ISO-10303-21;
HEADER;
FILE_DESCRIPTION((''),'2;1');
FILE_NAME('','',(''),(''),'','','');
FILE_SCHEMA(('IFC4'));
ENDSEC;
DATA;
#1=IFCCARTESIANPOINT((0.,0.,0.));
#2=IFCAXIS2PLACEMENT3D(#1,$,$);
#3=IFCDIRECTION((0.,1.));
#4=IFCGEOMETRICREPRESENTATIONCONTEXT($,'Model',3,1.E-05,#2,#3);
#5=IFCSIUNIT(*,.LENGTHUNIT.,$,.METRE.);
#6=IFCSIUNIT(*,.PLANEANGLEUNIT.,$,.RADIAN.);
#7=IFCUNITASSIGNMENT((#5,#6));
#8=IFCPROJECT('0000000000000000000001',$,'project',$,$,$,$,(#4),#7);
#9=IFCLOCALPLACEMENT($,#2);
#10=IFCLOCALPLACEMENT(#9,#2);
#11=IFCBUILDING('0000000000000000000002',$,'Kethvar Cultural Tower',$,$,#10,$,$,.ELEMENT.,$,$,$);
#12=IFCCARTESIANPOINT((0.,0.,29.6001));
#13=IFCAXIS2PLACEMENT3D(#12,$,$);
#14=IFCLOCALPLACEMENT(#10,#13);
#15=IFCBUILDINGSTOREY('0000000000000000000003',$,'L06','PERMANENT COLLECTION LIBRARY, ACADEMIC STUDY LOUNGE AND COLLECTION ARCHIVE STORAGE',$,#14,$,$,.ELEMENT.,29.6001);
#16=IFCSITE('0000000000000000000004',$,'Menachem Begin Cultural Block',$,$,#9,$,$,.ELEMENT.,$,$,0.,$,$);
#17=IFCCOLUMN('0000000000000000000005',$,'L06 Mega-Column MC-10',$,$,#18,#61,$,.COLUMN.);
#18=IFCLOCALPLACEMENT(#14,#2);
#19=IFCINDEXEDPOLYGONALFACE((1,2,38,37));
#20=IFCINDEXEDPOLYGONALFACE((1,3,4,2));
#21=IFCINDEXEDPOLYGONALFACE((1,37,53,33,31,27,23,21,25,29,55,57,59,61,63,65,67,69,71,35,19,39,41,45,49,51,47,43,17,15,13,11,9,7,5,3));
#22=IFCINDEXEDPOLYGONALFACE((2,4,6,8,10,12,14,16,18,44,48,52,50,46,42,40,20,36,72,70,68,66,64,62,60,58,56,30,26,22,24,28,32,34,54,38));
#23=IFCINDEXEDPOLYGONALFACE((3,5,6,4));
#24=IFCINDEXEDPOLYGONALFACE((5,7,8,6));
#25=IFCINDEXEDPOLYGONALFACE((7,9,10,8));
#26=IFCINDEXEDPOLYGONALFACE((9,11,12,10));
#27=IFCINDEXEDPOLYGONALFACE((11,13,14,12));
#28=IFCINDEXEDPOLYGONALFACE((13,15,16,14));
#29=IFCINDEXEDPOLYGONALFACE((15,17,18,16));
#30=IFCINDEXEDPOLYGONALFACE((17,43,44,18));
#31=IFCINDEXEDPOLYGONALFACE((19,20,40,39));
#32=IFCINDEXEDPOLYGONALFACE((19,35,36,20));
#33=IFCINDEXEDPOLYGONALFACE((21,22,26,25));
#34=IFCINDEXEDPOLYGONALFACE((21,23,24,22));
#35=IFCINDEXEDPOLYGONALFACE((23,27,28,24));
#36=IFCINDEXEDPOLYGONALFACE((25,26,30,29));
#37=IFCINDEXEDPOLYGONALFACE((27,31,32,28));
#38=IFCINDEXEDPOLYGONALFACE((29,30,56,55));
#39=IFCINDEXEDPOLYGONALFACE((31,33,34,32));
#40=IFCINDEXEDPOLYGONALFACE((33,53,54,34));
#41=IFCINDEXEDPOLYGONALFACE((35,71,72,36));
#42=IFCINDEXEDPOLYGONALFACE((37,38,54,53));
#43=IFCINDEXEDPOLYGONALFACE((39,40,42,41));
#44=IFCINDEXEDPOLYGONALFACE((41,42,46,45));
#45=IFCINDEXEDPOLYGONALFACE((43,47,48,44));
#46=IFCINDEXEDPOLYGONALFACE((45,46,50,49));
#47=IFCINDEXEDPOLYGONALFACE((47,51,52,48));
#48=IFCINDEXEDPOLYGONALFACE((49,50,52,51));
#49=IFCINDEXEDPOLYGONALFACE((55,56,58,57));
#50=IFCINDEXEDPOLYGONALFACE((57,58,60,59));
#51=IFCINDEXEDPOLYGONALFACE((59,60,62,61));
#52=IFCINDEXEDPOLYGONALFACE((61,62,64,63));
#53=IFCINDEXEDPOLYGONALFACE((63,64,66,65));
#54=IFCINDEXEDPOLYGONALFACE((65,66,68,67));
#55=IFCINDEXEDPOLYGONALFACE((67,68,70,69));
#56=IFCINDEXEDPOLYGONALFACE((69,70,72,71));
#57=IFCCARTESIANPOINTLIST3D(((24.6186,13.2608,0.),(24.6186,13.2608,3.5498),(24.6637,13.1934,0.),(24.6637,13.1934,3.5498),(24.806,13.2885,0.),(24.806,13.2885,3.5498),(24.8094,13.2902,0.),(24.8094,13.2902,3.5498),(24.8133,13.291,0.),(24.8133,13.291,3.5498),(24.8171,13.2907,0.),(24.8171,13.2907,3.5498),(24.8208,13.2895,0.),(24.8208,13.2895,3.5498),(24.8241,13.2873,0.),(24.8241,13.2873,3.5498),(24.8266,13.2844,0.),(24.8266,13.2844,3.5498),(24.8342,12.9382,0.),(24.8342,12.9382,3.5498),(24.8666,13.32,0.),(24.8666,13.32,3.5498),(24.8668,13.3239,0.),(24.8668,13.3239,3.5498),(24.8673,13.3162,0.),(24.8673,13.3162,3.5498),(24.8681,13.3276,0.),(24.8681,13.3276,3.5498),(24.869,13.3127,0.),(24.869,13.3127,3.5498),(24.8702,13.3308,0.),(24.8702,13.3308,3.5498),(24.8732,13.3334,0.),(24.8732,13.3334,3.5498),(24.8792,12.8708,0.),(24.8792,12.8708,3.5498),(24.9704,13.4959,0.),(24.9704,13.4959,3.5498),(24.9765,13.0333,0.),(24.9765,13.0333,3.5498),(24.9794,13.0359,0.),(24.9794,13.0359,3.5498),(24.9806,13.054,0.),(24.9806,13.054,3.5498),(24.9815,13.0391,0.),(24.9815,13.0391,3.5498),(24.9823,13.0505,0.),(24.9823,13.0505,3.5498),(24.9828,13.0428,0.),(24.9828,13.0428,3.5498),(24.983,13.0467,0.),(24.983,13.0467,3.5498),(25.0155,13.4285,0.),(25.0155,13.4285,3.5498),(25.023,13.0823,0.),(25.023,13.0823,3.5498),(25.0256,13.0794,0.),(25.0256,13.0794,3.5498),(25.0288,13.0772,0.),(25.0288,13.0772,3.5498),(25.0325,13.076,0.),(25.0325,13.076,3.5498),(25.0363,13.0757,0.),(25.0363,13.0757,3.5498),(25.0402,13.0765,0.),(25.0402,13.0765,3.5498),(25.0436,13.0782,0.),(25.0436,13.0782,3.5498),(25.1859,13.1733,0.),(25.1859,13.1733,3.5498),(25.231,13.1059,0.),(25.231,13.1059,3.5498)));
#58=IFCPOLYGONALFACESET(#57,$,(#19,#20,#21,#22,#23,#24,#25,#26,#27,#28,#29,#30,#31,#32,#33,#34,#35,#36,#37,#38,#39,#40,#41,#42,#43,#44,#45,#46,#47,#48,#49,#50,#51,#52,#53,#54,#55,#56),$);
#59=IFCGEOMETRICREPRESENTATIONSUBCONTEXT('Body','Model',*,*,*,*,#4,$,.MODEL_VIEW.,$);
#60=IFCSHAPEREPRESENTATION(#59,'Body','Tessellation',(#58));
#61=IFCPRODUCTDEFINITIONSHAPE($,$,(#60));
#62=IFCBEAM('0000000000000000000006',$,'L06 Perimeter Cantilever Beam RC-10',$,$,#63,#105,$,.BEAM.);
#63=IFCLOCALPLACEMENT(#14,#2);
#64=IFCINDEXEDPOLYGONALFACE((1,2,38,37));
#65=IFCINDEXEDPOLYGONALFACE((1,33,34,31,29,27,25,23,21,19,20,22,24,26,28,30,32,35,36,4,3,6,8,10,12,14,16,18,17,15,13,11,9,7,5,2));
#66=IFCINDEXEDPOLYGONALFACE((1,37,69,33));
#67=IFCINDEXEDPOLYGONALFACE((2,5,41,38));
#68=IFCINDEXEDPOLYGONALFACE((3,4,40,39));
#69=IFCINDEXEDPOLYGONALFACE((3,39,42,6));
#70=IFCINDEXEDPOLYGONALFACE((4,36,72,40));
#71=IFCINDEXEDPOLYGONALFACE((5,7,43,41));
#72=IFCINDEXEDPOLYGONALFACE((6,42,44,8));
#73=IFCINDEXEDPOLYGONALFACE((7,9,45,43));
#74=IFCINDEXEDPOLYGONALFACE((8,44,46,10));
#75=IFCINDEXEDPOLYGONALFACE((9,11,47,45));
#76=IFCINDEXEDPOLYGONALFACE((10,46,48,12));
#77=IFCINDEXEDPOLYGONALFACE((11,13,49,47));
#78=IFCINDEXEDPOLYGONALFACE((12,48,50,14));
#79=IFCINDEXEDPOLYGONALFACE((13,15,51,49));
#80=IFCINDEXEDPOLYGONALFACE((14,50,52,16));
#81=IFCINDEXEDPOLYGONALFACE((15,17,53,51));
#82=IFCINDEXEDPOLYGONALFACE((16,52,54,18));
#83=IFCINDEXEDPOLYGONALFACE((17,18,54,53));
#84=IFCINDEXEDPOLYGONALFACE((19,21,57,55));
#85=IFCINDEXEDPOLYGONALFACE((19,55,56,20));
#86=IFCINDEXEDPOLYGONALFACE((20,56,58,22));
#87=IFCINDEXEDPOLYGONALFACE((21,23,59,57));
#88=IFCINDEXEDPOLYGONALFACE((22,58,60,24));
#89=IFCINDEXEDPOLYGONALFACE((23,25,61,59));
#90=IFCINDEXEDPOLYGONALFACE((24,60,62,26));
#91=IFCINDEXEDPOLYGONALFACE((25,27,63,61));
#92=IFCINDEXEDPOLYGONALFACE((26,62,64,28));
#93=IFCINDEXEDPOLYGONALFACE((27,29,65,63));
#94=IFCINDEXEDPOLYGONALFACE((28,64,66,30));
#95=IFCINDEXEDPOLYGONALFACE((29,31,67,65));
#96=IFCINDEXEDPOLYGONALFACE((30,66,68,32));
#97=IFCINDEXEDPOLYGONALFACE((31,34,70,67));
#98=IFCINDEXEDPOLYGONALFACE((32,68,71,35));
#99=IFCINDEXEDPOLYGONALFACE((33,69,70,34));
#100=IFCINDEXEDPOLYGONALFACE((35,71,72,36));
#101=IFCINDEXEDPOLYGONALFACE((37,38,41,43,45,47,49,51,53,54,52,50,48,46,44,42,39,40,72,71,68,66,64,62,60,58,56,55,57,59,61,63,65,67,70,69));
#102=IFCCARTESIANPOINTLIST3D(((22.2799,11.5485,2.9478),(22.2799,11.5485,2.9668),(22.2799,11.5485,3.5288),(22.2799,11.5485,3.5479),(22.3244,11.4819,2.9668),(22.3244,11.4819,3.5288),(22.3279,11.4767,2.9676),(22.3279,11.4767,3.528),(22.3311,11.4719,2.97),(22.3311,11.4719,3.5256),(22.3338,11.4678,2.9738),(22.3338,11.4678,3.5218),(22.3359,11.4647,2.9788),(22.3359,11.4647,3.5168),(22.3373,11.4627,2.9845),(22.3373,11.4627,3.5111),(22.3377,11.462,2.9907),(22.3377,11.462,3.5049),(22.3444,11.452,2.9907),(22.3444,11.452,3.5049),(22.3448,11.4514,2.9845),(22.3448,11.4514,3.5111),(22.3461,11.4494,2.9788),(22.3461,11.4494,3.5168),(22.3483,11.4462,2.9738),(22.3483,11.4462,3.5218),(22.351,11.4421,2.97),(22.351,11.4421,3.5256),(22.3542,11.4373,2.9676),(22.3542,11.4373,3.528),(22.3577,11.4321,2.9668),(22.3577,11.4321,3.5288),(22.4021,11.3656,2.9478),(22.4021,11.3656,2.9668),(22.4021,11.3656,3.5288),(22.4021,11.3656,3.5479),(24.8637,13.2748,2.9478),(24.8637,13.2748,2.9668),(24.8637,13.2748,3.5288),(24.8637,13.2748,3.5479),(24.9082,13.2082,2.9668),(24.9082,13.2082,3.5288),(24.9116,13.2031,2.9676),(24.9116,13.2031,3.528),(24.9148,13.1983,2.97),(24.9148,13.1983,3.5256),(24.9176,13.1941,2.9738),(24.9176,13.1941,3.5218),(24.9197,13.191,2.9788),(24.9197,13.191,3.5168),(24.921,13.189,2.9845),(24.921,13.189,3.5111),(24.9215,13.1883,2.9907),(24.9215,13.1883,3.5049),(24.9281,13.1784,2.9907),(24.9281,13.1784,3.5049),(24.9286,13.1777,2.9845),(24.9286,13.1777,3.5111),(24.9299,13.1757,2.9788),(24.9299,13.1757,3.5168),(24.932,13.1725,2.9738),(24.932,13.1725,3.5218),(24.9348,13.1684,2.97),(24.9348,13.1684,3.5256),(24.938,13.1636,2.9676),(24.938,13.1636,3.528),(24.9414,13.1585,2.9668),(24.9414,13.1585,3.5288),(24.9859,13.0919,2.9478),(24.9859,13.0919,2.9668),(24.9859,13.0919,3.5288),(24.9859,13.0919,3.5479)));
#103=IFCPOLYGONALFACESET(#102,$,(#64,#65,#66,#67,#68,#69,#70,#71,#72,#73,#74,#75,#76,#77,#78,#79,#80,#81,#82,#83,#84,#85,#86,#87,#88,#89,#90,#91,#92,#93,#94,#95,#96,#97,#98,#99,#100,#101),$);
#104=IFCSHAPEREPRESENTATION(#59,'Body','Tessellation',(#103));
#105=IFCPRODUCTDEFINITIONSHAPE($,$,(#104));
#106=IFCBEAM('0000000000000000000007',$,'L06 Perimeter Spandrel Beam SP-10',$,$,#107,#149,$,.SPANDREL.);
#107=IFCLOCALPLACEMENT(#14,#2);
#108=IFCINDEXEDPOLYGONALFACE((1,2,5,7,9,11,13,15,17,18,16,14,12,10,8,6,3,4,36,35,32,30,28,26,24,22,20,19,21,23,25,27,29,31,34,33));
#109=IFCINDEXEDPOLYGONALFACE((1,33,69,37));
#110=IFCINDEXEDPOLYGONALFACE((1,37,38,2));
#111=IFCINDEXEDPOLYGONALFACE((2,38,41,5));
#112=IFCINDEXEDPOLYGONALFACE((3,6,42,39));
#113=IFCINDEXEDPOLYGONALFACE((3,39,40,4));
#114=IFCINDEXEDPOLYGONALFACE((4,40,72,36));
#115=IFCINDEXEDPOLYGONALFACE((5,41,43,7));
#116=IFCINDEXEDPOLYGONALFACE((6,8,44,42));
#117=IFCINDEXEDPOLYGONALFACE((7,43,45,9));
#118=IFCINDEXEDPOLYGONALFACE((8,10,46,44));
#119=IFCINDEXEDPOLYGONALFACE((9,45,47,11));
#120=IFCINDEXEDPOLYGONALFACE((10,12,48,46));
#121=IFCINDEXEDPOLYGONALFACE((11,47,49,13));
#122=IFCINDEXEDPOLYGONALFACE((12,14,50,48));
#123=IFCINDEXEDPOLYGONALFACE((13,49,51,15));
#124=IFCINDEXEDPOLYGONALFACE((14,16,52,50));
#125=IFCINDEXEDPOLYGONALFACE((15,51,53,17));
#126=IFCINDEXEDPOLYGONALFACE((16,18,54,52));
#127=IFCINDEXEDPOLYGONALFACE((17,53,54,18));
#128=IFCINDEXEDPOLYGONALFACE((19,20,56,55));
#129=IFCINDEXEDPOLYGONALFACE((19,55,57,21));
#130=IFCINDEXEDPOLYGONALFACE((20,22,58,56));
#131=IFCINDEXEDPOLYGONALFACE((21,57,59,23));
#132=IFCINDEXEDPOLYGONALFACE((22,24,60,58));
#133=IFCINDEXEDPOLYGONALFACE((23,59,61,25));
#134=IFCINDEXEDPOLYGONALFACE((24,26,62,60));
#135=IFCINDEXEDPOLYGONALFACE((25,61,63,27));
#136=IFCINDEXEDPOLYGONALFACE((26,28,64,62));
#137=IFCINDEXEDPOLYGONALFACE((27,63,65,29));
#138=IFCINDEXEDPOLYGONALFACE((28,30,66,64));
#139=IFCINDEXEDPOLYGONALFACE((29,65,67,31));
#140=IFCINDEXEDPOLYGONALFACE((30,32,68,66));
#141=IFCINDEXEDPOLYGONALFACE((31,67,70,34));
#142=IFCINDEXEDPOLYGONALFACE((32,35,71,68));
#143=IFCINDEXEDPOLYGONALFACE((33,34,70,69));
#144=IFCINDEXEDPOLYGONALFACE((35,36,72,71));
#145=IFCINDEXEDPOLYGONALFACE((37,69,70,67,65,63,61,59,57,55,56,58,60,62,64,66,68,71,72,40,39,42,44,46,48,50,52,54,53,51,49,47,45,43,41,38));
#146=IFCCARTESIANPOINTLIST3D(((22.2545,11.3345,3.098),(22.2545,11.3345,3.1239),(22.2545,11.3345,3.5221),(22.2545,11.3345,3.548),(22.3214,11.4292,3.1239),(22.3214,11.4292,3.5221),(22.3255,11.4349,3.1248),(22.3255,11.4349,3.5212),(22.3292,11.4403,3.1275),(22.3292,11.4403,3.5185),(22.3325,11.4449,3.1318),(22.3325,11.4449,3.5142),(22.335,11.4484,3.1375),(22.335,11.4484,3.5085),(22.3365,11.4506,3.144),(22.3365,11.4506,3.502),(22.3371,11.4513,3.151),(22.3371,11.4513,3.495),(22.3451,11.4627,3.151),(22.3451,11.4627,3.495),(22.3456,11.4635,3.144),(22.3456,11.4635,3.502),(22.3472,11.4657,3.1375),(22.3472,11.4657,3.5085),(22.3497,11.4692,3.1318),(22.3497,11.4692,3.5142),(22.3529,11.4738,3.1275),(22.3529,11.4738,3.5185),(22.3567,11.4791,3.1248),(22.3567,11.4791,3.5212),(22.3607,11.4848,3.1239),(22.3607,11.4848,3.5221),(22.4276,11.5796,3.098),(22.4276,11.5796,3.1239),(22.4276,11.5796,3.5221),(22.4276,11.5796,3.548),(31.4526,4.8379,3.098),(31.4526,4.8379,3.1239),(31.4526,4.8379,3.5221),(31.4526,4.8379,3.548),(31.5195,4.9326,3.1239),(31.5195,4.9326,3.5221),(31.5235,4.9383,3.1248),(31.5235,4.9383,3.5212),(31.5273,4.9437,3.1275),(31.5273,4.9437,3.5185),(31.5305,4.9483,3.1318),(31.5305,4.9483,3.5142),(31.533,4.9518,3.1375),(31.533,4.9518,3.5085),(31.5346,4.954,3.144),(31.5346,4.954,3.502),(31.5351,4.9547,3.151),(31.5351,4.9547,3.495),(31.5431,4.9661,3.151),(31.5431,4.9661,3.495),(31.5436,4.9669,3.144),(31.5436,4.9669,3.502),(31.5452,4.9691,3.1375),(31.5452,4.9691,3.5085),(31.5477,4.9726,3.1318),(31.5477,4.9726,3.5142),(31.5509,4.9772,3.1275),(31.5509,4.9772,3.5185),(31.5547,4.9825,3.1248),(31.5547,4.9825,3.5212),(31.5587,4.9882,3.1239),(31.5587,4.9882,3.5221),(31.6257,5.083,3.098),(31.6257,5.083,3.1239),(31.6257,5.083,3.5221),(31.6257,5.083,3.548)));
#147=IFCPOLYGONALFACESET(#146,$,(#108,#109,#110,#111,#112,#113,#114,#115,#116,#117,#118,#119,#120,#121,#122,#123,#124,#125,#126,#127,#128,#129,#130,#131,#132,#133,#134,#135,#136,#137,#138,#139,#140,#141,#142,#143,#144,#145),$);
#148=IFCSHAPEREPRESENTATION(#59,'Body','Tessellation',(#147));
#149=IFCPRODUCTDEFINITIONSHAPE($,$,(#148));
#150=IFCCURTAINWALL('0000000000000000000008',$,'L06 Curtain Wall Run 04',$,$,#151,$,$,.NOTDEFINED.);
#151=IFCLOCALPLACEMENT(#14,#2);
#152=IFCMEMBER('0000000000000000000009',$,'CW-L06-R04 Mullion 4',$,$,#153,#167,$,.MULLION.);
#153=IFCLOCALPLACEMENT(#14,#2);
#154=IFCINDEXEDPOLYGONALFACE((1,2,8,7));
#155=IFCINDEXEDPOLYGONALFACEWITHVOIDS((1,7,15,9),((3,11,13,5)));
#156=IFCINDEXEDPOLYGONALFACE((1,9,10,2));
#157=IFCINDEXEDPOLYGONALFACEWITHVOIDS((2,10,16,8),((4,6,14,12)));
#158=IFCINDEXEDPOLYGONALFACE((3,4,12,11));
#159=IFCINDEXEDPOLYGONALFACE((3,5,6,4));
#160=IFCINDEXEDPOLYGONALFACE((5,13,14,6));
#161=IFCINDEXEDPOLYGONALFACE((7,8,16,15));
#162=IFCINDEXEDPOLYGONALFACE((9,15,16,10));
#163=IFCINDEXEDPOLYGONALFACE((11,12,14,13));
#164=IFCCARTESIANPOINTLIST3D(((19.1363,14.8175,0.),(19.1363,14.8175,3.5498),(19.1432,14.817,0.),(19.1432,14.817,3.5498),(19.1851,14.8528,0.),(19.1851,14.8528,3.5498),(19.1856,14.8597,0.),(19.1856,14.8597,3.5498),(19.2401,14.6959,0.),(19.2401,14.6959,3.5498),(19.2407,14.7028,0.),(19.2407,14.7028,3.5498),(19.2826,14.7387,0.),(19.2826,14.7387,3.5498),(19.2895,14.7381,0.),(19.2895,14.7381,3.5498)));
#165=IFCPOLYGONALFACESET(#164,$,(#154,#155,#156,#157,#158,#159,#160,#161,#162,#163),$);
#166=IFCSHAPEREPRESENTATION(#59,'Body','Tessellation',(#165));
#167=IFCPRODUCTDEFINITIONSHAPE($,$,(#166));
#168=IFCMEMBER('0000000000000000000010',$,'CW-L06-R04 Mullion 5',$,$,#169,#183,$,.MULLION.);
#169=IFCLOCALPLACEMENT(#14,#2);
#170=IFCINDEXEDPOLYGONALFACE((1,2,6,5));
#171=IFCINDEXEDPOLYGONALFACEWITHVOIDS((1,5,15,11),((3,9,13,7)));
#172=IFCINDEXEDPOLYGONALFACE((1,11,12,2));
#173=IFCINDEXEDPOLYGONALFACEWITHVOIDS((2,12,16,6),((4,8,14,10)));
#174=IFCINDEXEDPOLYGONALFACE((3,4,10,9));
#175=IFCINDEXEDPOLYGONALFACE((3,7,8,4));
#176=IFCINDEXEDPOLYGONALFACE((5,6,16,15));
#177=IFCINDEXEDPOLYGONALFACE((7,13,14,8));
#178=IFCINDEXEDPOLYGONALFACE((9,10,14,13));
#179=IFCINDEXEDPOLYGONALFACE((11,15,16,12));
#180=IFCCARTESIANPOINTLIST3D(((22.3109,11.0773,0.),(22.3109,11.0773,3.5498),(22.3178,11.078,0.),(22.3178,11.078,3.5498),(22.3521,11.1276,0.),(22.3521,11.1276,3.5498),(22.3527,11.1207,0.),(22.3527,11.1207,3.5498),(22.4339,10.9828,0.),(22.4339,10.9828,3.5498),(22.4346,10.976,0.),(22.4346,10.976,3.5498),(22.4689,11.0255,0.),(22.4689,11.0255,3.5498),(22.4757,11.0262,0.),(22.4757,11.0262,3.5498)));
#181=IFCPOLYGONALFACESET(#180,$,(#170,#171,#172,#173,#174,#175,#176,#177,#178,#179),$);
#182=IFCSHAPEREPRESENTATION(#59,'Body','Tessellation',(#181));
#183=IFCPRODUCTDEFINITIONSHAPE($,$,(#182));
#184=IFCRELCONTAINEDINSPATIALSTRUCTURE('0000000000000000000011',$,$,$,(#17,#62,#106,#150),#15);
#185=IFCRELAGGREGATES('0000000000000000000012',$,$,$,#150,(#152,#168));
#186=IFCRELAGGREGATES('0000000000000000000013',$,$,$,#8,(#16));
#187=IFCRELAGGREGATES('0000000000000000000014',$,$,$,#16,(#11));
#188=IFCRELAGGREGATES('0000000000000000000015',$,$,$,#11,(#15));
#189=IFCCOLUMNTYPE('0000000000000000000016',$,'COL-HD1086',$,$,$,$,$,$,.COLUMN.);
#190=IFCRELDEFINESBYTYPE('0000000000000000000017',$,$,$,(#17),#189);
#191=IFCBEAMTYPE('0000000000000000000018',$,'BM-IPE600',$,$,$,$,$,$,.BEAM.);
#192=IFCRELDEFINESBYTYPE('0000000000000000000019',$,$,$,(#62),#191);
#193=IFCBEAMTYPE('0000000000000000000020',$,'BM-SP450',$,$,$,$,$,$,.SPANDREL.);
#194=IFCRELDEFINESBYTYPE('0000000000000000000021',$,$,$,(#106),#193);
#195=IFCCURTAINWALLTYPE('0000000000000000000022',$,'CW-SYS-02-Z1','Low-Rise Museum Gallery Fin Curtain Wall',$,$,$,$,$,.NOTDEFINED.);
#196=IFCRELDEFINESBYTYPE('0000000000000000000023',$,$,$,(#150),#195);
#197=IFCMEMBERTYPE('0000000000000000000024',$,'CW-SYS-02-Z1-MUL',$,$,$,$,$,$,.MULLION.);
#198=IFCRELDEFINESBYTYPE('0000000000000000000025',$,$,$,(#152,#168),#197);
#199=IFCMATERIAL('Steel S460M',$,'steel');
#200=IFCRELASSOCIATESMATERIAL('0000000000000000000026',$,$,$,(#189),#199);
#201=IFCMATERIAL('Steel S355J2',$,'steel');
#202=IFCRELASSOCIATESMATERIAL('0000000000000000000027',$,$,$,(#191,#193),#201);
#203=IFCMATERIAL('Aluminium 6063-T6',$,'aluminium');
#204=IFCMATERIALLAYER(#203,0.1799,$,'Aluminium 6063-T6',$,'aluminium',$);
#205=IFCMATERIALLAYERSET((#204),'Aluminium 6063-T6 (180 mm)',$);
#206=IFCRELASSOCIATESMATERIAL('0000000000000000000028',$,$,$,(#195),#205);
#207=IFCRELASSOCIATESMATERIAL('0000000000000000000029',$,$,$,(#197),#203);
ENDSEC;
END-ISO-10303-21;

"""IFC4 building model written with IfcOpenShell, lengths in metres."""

from ifc_helpers import new_model, si_unit, direction, frame, origin, origin_2d, place, context, subcontext, project, spatial, hollow_rectangle, i_section, extrude, source, transform, mapped, material, layer, layer_set, material_profile, profile_set, type_object, element, aggregate, save


model = new_model("IFC4")

# Units and contexts
model_context = context("Model", 3, precision=1e-05, world=origin(), true_north=direction((0.0, 1.0)))
body_context = subcontext(model_context, "Body", "Model", "MODEL_VIEW")
ifc_project = project(units=[si_unit("LENGTHUNIT", "METRE"), si_unit("PLANEANGLEUNIT", "RADIAN")], contexts=[model_context])

# Site, building, storey
site_placement = place(None, origin())
site = spatial("IfcSite", under=ifc_project, at=site_placement, Name="Menachem Begin Cultural Block", CompositionType="ELEMENT", RefElevation=0.0)
building_placement = place(site_placement, origin())
building = spatial("IfcBuilding", under=site, at=building_placement, Name="Kethvar Cultural Tower", CompositionType="ELEMENT")
storey_placement = place(building_placement, frame((0.0, 0.0, 29.6001)))
storey = spatial("IfcBuildingStorey", under=building, at=storey_placement, Name="L06", Description="PERMANENT COLLECTION LIBRARY, ACADEMIC STUDY LOUNGE AND COLLECTION ARCHIVE STORAGE", CompositionType="ELEMENT", Elevation=29.6001)

# Column
ifc_material_1 = material(Name="Steel S460M", Category="steel")
ifc_material_profile_1 = material_profile(ifc_material_1, i_section(OverallWidth=0.4231, OverallDepth=0.469, WebThickness=0.051, FlangeThickness=0.0811, FilletRadius=0.0149, at=origin_2d()), Name="Steel S460M — HD400x1086")
ifc_profile_set_1 = profile_set([ifc_material_profile_1], Name="Steel S460M — HD400x1086")
column_type = type_object("IfcColumnType", Name="COL-HD1086", PredefinedType="COLUMN", material=ifc_profile_set_1)
shared_shape_1 = source(origin(), body_context, "Body", "SweptSolid", [
    extrude(i_section(OverallWidth=0.4231, OverallDepth=0.469, WebThickness=0.051, FlangeThickness=0.0811, FilletRadius=0.0149, at=origin_2d()), origin(), (0.0, 0.0, 1.0), 3.5498),
])
column_placement = place(storey_placement, frame((24.9248, 13.1833, 0.0), z_axis=(0.0, 0.0, 1.0), x_axis=(-0.83147, -0.55557, 0.0)))
element("IfcColumn", 1, at=column_placement, inside=storey, type_object=column_type, Name="L06 Mega-Column MC-10", PredefinedType="COLUMN", context=body_context, shape_type="MappedRepresentation", body=[
    mapped(shared_shape_1, transform((0.0, 0.0, 0.0), scale=1.0)),
])

# Beams
ifc_material_2 = material(Name="Steel S355J2", Category="steel")
ifc_material_profile_2 = material_profile(ifc_material_2, i_section(OverallWidth=0.22, OverallDepth=0.6001, WebThickness=0.012, FlangeThickness=0.019, FilletRadius=0.0239, at=origin_2d()), Name="Steel S355J2 — IPE600")
ifc_profile_set_2 = profile_set([ifc_material_profile_2], Name="Steel S355J2 — IPE600")
beam_type_1 = type_object("IfcBeamType", Name="BM-IPE600", PredefinedType="BEAM", material=ifc_profile_set_2)
shared_shape_2 = source(origin(), body_context, "Body", "SweptSolid", [
    extrude(i_section(OverallWidth=0.22, OverallDepth=0.6001, WebThickness=0.012, FlangeThickness=0.019, FilletRadius=0.0239, at=origin_2d()), origin(), (0.0, 0.0, 1.0), 3.1074),
])
beam_1_placement = place(storey_placement, frame((24.9248, 13.1833, 3.2478), z_axis=(-0.831482, -0.555552, 0.0), x_axis=(0.555552, -0.831482, 0.0)))
element("IfcBeam", 2, at=beam_1_placement, inside=storey, type_object=beam_type_1, Name="L06 Perimeter Cantilever Beam RC-10", PredefinedType="BEAM", context=body_context, shape_type="MappedRepresentation", body=[
    mapped(shared_shape_2, transform((0.0, 0.0, 0.0), scale=1.0)),
])
ifc_material_profile_3 = material_profile(ifc_material_2, i_section(OverallWidth=0.3, OverallDepth=0.45, WebThickness=0.0139, FlangeThickness=0.0259, FilletRadius=0.0271, at=origin_2d()), Name="Steel S355J2 — HEB450")
ifc_profile_set_3 = profile_set([ifc_material_profile_3], Name="Steel S355J2 — HEB450")
beam_type_2 = type_object("IfcBeamType", Name="BM-SP450", PredefinedType="SPANDREL", material=ifc_profile_set_3)
shared_shape_3 = source(origin(), body_context, "Body", "SweptSolid", [
    extrude(i_section(OverallWidth=0.3, OverallDepth=0.45, WebThickness=0.0139, FlangeThickness=0.0259, FilletRadius=0.0271, at=origin_2d()), origin(), (0.0, 0.0, 1.0), 11.261),
])
beam_2_placement = place(storey_placement, frame((22.3411, 11.457, 3.323), z_axis=(0.816806, -0.576913, 0.0), x_axis=(0.576913, 0.816806, 0.0)))
element("IfcBeam", 3, at=beam_2_placement, inside=storey, type_object=beam_type_2, Name="L06 Perimeter Spandrel Beam SP-10", PredefinedType="SPANDREL", context=body_context, shape_type="MappedRepresentation", body=[
    mapped(shared_shape_3, transform((0.0, 0.0, 0.0), scale=1.0)),
])

# Curtain wall, members
ifc_material_3 = material(Name="Aluminium 6063-T6", Category="aluminium")
ifc_layer_1 = layer(ifc_material_3, 0.1799, Name="Aluminium 6063-T6", Category="aluminium")
ifc_layer_set_1 = layer_set([ifc_layer_1], Name="Aluminium 6063-T6 (180 mm)")
curtain_wall_type = type_object("IfcCurtainWallType", Name="CW-SYS-02-Z1", Description="Low-Rise Museum Gallery Fin Curtain Wall", PredefinedType="NOTDEFINED", material=ifc_layer_set_1)
curtain_wall_placement = place(storey_placement, origin())
curtain_wall = element("IfcCurtainWall", 4, at=curtain_wall_placement, inside=storey, type_object=curtain_wall_type, Name="L06 Curtain Wall Run 04", PredefinedType="NOTDEFINED")
ifc_material_profile_4 = material_profile(ifc_material_3, hollow_rectangle(XDim=0.0649, YDim=0.1599, WallThickness=0.0049, at=origin_2d()), Name="Aluminium 6063-T6 — RHS160x65x5")
ifc_profile_set_4 = profile_set([ifc_material_profile_4], Name="Aluminium 6063-T6 — RHS160x65x5")
member_type_1 = type_object("IfcMemberType", Name="CW-SYS-02-Z1-MUL", PredefinedType="MULLION", material=ifc_profile_set_4)
shared_shape_4 = source(origin(), body_context, "Body", "SweptSolid", [
    extrude(hollow_rectangle(XDim=0.0649, YDim=0.1599, WallThickness=0.0049, at=origin_2d()), origin(), (0.0, 0.0, 1.0), 3.5498),
])
member_1_placement = place(storey_placement, frame((19.2129, 14.7778, 0.0), z_axis=(0.0, 0.0, 1.0), x_axis=(0.760372, 0.649488, 0.0)))
member_1 = element("IfcMember", 5, at=member_1_placement, type_object=member_type_1, Name="CW-L06-R04 Mullion 4", PredefinedType="MULLION", context=body_context, shape_type="MappedRepresentation", body=[
    mapped(shared_shape_4, transform((0.0, 0.0, 0.0), scale=1.0)),
])
member_2_placement = place(storey_placement, frame((22.3933, 11.0518, 0.0), z_axis=(0.0, 0.0, 1.0), x_axis=(0.633988, 0.773343, 0.0)))
member_2 = element("IfcMember", 6, at=member_2_placement, type_object=member_type_1, Name="CW-L06-R04 Mullion 5", PredefinedType="MULLION", context=body_context, shape_type="MappedRepresentation", body=[
    mapped(shared_shape_4, transform((0.0, 0.0, 0.0), scale=1.0)),
])
aggregate(curtain_wall, [member_1, member_2])

save(model, "model.ifc")
